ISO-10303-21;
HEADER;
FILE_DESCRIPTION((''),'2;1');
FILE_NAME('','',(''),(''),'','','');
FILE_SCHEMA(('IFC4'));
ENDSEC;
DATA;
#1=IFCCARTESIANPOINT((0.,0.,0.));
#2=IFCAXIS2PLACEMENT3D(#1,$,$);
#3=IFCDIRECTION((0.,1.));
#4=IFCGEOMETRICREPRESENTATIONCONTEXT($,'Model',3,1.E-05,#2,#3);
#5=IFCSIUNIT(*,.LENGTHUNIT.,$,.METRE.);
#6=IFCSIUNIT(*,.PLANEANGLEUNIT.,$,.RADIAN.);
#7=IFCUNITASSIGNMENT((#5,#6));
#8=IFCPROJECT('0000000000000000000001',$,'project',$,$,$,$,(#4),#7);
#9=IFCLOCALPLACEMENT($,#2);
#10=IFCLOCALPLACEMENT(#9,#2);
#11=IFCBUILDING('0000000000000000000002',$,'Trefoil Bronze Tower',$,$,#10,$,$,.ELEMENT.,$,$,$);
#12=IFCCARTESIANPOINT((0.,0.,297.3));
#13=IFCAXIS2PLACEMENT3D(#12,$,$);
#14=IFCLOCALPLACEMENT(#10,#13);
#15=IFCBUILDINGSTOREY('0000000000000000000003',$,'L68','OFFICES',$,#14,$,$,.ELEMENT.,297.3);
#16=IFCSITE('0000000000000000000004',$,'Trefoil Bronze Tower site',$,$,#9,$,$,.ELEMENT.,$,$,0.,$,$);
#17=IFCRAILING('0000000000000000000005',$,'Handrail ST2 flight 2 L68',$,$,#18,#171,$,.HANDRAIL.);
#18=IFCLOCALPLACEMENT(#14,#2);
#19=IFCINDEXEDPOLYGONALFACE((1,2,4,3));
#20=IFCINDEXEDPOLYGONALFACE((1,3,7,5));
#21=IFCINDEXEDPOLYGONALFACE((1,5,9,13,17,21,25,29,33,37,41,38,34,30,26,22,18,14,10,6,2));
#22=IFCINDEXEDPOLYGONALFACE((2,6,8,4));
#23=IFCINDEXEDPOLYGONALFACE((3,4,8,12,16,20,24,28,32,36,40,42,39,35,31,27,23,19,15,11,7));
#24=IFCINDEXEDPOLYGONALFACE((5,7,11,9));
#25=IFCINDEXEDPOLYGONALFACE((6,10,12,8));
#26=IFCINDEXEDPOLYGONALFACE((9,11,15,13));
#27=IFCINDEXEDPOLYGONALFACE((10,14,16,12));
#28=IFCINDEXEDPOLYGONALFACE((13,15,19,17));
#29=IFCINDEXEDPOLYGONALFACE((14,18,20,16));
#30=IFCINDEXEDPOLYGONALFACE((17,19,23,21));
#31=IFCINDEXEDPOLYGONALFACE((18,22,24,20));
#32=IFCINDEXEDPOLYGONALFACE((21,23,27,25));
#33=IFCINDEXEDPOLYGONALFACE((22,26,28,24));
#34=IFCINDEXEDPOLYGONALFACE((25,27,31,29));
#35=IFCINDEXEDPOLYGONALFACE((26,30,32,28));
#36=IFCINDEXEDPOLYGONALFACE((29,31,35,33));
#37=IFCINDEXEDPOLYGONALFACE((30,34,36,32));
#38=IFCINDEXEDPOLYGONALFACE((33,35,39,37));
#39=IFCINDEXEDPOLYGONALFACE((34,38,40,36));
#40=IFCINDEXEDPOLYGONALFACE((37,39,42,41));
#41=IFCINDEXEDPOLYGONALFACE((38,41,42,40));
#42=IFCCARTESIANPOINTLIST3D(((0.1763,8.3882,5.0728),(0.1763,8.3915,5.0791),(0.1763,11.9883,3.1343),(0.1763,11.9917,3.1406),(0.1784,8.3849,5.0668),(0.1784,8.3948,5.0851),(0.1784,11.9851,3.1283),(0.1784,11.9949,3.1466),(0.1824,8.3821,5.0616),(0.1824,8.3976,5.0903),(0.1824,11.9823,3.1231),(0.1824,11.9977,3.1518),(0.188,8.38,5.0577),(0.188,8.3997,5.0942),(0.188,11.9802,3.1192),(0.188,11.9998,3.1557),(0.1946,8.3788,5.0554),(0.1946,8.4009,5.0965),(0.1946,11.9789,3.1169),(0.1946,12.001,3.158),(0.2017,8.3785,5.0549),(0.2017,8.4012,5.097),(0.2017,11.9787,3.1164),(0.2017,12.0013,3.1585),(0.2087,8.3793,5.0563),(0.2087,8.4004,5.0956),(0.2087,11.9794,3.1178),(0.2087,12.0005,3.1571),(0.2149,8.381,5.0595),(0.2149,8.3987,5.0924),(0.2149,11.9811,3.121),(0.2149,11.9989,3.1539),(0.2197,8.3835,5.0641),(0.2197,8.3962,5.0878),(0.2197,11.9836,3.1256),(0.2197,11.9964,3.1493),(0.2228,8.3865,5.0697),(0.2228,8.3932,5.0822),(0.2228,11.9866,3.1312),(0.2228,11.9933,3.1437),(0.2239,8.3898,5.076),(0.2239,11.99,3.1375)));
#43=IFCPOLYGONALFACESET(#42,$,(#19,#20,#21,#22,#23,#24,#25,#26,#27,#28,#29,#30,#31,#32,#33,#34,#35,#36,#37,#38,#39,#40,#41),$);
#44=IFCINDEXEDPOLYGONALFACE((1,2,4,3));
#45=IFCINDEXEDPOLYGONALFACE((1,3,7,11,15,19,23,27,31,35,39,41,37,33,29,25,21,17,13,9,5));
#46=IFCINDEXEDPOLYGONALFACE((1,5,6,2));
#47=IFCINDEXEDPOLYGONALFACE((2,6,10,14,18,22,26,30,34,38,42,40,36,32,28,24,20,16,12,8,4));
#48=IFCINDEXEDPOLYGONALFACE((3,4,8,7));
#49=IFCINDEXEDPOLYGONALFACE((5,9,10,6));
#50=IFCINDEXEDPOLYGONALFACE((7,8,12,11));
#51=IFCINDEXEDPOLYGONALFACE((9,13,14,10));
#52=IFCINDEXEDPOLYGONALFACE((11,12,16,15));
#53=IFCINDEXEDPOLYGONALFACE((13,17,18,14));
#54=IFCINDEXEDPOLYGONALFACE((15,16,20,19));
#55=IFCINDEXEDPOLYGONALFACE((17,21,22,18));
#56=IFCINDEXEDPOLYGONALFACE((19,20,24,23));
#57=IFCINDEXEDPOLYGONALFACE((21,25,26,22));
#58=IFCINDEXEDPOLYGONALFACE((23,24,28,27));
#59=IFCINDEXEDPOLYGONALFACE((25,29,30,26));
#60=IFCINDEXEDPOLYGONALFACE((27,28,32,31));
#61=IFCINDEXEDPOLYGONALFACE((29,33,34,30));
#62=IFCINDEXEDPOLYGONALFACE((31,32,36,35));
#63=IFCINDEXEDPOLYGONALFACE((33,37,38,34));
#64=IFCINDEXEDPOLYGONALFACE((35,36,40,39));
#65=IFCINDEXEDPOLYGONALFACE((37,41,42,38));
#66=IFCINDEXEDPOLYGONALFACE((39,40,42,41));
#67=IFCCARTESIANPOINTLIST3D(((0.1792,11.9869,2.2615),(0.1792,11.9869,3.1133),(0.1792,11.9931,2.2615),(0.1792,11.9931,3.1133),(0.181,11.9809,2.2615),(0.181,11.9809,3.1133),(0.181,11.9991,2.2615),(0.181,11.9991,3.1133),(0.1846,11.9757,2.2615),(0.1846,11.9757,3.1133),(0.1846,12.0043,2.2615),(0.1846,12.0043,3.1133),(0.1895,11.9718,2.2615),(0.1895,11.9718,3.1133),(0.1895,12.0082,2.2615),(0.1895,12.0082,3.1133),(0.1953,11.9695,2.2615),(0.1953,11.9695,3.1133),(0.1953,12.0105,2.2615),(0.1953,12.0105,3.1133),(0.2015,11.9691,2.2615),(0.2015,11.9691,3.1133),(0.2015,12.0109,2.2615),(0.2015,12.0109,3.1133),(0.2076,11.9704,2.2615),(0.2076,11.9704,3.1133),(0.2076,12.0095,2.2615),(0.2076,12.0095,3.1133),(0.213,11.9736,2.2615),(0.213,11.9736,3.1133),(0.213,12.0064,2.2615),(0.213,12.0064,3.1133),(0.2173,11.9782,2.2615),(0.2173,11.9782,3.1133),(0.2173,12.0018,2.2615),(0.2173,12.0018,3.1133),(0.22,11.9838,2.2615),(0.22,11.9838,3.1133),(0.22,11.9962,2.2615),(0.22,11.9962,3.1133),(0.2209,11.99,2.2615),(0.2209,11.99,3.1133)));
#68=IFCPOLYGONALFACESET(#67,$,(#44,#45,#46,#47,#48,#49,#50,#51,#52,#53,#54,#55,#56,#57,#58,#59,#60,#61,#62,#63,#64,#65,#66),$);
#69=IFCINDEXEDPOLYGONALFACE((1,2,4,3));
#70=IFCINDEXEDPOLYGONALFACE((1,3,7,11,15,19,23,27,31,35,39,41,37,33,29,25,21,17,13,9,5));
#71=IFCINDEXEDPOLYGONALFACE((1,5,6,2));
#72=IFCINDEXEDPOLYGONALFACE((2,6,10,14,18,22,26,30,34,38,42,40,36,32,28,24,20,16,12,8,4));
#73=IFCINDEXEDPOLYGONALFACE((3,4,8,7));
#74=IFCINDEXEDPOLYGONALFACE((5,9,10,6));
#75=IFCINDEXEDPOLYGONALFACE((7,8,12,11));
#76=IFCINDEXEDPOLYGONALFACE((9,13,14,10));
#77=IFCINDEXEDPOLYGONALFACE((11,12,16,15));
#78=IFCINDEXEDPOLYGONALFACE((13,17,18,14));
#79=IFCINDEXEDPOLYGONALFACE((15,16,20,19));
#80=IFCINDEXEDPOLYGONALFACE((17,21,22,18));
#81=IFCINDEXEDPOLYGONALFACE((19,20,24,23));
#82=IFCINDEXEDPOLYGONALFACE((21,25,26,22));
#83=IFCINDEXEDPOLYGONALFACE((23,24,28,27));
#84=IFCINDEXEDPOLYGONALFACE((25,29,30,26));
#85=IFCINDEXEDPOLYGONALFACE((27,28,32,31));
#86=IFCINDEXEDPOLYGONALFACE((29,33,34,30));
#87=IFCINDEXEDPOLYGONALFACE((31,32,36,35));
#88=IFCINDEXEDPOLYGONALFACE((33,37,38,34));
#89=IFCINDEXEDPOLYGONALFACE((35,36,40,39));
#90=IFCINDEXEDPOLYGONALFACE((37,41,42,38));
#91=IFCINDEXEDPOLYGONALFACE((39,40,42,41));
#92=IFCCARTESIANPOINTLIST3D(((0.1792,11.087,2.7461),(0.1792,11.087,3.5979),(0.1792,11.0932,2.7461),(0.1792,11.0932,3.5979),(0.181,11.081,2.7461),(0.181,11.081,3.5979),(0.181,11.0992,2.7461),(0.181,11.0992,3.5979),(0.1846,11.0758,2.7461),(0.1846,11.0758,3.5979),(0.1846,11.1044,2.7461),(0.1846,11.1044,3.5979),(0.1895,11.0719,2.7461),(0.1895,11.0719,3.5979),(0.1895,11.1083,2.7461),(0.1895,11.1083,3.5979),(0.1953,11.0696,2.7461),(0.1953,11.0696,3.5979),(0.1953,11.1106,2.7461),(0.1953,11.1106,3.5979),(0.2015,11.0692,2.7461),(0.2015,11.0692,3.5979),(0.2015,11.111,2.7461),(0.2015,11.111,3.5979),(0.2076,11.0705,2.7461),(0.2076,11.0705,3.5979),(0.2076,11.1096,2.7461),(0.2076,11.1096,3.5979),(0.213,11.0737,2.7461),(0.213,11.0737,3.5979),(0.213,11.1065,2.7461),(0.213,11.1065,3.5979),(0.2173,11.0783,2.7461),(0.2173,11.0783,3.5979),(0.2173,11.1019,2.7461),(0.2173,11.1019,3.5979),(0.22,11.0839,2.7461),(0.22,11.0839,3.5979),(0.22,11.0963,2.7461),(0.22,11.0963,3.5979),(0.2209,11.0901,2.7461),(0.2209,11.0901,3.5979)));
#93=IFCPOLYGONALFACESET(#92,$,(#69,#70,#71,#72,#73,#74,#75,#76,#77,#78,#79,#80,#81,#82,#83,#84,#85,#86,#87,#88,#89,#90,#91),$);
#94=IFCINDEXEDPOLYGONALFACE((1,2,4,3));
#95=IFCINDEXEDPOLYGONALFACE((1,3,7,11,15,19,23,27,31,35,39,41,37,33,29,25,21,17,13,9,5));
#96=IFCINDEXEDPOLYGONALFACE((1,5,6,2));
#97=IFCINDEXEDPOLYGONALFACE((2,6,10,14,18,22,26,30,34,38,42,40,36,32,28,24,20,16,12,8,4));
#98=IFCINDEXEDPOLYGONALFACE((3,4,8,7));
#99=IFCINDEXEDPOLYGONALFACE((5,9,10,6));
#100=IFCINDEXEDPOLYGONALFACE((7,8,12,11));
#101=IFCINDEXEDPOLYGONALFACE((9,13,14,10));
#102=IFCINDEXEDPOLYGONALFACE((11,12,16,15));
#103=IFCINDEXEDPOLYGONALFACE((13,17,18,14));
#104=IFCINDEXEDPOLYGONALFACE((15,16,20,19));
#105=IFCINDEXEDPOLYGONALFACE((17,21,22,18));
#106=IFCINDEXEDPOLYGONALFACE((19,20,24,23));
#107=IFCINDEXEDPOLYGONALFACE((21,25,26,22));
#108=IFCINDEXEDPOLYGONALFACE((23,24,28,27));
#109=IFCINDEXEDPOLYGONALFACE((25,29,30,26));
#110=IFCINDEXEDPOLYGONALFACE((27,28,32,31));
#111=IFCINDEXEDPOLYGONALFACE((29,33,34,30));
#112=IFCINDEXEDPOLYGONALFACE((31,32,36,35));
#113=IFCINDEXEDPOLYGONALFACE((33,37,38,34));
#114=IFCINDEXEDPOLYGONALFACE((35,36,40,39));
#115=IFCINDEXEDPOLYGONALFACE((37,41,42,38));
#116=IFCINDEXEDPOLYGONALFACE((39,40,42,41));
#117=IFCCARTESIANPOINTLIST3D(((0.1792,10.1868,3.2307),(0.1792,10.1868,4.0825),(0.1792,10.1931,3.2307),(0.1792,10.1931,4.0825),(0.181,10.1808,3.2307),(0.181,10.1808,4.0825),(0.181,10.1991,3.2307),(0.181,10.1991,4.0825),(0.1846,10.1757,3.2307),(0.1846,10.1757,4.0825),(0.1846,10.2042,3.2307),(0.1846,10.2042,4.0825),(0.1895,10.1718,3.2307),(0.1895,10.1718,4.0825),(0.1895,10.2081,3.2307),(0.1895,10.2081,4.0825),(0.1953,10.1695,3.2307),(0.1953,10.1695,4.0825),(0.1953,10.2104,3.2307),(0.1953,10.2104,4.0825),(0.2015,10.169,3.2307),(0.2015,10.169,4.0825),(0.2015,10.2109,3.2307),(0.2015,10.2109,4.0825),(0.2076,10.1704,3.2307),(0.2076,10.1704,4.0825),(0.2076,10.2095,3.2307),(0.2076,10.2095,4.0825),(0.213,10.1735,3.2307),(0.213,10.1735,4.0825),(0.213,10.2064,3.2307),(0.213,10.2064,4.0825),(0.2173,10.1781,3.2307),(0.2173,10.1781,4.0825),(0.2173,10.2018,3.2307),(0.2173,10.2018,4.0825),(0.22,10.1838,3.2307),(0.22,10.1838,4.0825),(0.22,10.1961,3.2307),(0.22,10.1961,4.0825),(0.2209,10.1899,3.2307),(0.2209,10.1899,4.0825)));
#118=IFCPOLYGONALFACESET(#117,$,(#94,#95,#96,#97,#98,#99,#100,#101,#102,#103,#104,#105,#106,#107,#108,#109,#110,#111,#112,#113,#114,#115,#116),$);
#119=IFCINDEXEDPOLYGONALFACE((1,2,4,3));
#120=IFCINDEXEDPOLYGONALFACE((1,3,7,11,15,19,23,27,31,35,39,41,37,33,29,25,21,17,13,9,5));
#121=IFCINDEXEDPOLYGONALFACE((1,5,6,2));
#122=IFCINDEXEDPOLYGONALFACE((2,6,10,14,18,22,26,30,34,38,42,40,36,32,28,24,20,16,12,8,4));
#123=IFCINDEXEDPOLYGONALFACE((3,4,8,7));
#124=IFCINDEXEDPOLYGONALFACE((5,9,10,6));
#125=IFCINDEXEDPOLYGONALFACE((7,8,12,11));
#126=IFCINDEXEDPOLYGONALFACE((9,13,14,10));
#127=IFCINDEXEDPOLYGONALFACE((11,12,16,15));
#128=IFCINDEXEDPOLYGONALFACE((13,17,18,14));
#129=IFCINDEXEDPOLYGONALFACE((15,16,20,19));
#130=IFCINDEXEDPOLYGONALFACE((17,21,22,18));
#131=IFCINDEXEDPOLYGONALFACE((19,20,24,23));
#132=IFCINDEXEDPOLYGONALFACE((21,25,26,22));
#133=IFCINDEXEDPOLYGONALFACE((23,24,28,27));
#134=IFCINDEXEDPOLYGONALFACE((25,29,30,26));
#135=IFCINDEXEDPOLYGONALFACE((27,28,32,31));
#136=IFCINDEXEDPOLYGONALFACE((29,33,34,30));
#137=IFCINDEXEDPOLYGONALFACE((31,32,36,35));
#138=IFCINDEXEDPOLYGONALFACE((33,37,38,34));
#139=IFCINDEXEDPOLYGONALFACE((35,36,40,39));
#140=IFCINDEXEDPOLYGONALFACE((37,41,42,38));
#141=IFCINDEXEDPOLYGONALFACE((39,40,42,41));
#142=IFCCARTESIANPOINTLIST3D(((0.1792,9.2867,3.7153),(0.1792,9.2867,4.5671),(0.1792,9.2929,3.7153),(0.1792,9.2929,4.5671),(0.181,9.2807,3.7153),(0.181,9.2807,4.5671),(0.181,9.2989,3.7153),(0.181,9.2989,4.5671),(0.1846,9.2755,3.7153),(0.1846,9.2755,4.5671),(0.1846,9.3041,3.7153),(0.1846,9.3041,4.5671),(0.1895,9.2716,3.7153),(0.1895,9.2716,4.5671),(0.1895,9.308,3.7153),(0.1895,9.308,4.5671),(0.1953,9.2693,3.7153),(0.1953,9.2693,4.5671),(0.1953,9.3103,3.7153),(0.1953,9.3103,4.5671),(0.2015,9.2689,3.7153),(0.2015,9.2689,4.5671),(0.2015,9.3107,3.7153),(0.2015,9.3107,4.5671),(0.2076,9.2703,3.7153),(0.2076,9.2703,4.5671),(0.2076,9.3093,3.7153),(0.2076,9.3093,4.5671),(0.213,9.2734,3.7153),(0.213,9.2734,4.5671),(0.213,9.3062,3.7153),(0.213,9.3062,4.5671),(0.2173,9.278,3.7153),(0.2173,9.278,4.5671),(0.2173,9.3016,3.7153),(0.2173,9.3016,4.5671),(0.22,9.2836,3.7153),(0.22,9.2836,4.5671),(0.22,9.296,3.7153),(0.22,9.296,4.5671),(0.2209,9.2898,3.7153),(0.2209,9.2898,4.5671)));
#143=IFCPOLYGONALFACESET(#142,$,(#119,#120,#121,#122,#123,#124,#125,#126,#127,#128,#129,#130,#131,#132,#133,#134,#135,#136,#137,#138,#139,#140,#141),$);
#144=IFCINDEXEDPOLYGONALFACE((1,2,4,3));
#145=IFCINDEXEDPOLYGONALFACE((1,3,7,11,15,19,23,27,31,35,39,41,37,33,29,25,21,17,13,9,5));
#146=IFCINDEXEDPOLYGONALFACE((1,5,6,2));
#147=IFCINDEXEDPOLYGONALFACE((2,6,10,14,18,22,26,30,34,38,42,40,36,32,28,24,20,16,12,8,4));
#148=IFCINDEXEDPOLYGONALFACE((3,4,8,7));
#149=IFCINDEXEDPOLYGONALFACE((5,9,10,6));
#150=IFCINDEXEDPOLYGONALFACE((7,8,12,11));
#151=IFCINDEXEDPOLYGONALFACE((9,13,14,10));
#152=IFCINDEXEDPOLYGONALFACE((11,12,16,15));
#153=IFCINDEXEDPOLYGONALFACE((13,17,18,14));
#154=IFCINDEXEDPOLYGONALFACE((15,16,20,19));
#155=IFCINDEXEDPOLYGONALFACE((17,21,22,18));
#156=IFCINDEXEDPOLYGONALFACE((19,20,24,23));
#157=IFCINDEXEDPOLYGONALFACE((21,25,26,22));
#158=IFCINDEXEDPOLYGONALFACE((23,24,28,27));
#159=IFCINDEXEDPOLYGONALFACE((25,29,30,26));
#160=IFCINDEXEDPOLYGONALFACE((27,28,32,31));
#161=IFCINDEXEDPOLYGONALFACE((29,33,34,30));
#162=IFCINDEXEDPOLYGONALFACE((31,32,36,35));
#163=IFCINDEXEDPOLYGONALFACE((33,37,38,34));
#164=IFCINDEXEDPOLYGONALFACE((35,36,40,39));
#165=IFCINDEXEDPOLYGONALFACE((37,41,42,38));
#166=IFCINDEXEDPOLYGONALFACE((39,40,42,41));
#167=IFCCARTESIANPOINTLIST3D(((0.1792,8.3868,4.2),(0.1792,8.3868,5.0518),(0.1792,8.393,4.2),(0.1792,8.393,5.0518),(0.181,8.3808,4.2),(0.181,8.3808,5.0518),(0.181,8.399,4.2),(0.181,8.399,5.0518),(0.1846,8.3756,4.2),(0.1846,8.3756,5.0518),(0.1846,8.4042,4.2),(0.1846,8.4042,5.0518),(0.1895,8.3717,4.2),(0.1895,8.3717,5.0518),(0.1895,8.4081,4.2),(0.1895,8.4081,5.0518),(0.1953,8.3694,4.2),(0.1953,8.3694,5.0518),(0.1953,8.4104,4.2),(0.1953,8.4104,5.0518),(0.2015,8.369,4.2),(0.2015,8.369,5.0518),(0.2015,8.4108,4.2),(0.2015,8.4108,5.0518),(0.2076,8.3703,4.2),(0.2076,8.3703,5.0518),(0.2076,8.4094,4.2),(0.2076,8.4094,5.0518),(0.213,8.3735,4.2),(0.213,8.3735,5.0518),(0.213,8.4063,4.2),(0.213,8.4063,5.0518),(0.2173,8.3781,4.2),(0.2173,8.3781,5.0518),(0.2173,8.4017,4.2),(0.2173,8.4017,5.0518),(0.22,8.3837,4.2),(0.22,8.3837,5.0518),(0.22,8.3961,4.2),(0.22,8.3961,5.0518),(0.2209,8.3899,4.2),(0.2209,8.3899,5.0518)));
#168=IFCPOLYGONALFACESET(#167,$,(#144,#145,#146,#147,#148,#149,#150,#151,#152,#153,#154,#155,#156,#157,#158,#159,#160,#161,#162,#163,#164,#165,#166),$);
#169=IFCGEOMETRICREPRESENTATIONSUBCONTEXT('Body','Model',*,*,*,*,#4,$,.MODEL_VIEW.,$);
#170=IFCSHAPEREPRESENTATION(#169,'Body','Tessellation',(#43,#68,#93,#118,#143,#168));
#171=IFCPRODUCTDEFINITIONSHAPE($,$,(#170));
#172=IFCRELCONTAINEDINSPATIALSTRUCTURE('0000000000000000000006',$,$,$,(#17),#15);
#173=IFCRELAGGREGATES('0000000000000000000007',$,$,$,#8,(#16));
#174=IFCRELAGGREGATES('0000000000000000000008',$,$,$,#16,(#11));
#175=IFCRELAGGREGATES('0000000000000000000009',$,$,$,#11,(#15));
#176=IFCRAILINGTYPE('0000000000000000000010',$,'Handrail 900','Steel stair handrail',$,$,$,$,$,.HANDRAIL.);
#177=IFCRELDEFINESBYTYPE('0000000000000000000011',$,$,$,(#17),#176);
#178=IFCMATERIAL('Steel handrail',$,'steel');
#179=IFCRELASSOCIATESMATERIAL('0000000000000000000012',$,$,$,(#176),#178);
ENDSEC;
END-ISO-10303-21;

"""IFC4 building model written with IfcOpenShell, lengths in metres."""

from ifc_helpers import new_model, si_unit, direction, frame, origin, origin_2d, place, context, subcontext, project, spatial, circle, extrude, material, type_object, element, save


model = new_model("IFC4")

# Units and contexts
model_context = context("Model", 3, precision=1e-05, world=origin(), true_north=direction((0.0, 1.0)))
body_context = subcontext(model_context, "Body", "Model", "MODEL_VIEW")
ifc_project = project(units=[si_unit("LENGTHUNIT", "METRE"), si_unit("PLANEANGLEUNIT", "RADIAN")], contexts=[model_context])

# Site, building, storey
site_placement = place(None, origin())
site = spatial("IfcSite", under=ifc_project, at=site_placement, Name="Trefoil Bronze Tower site", CompositionType="ELEMENT", RefElevation=0.0)
building_placement = place(site_placement, origin())
building = spatial("IfcBuilding", under=site, at=building_placement, Name="Trefoil Bronze Tower", CompositionType="ELEMENT")
storey_placement = place(building_placement, frame((0.0, 0.0, 297.3)))
storey = spatial("IfcBuildingStorey", under=building, at=storey_placement, Name="L68", Description="OFFICES", CompositionType="ELEMENT", Elevation=297.3)

# Railing
ifc_material_1 = material(Name="Steel handrail", Category="steel")
railing_type = type_object("IfcRailingType", Name="Handrail 900", Description="Steel stair handrail", PredefinedType="HANDRAIL", material=ifc_material_1)
railing_placement = place(storey_placement, frame((0.2, 11.99, 2.2615)))
element("IfcRailing", 1, at=railing_placement, inside=storey, type_object=railing_type, Name="Handrail ST2 flight 2 L68", PredefinedType="HANDRAIL", context=body_context, shape_type="SweptSolid", body=[
    extrude(circle(Radius=0.0239, at=origin_2d()), frame((0.0, 0.0, 0.876), z_axis=(0.0, -0.880475, 0.474093), x_axis=(1.0, 0.0, 0.0)), (0.0, 0.0, 1.0), 4.0889),
    extrude(circle(Radius=0.021, at=origin_2d()), origin(), (0.0, 0.0, 1.0), 0.8518),
    extrude(circle(Radius=0.021, at=origin_2d()), frame((0.0, -0.8999, 0.4846)), (0.0, 0.0, 1.0), 0.8518),
    extrude(circle(Radius=0.021, at=origin_2d()), frame((0.0, -1.8, 0.9692)), (0.0, 0.0, 1.0), 0.8518),
    extrude(circle(Radius=0.021, at=origin_2d()), frame((0.0, -2.7002, 1.4539)), (0.0, 0.0, 1.0), 0.8518),
    extrude(circle(Radius=0.021, at=origin_2d()), frame((0.0, -3.6001, 1.9385)), (0.0, 0.0, 1.0), 0.8518),
])

save(model, "model.ifc")
